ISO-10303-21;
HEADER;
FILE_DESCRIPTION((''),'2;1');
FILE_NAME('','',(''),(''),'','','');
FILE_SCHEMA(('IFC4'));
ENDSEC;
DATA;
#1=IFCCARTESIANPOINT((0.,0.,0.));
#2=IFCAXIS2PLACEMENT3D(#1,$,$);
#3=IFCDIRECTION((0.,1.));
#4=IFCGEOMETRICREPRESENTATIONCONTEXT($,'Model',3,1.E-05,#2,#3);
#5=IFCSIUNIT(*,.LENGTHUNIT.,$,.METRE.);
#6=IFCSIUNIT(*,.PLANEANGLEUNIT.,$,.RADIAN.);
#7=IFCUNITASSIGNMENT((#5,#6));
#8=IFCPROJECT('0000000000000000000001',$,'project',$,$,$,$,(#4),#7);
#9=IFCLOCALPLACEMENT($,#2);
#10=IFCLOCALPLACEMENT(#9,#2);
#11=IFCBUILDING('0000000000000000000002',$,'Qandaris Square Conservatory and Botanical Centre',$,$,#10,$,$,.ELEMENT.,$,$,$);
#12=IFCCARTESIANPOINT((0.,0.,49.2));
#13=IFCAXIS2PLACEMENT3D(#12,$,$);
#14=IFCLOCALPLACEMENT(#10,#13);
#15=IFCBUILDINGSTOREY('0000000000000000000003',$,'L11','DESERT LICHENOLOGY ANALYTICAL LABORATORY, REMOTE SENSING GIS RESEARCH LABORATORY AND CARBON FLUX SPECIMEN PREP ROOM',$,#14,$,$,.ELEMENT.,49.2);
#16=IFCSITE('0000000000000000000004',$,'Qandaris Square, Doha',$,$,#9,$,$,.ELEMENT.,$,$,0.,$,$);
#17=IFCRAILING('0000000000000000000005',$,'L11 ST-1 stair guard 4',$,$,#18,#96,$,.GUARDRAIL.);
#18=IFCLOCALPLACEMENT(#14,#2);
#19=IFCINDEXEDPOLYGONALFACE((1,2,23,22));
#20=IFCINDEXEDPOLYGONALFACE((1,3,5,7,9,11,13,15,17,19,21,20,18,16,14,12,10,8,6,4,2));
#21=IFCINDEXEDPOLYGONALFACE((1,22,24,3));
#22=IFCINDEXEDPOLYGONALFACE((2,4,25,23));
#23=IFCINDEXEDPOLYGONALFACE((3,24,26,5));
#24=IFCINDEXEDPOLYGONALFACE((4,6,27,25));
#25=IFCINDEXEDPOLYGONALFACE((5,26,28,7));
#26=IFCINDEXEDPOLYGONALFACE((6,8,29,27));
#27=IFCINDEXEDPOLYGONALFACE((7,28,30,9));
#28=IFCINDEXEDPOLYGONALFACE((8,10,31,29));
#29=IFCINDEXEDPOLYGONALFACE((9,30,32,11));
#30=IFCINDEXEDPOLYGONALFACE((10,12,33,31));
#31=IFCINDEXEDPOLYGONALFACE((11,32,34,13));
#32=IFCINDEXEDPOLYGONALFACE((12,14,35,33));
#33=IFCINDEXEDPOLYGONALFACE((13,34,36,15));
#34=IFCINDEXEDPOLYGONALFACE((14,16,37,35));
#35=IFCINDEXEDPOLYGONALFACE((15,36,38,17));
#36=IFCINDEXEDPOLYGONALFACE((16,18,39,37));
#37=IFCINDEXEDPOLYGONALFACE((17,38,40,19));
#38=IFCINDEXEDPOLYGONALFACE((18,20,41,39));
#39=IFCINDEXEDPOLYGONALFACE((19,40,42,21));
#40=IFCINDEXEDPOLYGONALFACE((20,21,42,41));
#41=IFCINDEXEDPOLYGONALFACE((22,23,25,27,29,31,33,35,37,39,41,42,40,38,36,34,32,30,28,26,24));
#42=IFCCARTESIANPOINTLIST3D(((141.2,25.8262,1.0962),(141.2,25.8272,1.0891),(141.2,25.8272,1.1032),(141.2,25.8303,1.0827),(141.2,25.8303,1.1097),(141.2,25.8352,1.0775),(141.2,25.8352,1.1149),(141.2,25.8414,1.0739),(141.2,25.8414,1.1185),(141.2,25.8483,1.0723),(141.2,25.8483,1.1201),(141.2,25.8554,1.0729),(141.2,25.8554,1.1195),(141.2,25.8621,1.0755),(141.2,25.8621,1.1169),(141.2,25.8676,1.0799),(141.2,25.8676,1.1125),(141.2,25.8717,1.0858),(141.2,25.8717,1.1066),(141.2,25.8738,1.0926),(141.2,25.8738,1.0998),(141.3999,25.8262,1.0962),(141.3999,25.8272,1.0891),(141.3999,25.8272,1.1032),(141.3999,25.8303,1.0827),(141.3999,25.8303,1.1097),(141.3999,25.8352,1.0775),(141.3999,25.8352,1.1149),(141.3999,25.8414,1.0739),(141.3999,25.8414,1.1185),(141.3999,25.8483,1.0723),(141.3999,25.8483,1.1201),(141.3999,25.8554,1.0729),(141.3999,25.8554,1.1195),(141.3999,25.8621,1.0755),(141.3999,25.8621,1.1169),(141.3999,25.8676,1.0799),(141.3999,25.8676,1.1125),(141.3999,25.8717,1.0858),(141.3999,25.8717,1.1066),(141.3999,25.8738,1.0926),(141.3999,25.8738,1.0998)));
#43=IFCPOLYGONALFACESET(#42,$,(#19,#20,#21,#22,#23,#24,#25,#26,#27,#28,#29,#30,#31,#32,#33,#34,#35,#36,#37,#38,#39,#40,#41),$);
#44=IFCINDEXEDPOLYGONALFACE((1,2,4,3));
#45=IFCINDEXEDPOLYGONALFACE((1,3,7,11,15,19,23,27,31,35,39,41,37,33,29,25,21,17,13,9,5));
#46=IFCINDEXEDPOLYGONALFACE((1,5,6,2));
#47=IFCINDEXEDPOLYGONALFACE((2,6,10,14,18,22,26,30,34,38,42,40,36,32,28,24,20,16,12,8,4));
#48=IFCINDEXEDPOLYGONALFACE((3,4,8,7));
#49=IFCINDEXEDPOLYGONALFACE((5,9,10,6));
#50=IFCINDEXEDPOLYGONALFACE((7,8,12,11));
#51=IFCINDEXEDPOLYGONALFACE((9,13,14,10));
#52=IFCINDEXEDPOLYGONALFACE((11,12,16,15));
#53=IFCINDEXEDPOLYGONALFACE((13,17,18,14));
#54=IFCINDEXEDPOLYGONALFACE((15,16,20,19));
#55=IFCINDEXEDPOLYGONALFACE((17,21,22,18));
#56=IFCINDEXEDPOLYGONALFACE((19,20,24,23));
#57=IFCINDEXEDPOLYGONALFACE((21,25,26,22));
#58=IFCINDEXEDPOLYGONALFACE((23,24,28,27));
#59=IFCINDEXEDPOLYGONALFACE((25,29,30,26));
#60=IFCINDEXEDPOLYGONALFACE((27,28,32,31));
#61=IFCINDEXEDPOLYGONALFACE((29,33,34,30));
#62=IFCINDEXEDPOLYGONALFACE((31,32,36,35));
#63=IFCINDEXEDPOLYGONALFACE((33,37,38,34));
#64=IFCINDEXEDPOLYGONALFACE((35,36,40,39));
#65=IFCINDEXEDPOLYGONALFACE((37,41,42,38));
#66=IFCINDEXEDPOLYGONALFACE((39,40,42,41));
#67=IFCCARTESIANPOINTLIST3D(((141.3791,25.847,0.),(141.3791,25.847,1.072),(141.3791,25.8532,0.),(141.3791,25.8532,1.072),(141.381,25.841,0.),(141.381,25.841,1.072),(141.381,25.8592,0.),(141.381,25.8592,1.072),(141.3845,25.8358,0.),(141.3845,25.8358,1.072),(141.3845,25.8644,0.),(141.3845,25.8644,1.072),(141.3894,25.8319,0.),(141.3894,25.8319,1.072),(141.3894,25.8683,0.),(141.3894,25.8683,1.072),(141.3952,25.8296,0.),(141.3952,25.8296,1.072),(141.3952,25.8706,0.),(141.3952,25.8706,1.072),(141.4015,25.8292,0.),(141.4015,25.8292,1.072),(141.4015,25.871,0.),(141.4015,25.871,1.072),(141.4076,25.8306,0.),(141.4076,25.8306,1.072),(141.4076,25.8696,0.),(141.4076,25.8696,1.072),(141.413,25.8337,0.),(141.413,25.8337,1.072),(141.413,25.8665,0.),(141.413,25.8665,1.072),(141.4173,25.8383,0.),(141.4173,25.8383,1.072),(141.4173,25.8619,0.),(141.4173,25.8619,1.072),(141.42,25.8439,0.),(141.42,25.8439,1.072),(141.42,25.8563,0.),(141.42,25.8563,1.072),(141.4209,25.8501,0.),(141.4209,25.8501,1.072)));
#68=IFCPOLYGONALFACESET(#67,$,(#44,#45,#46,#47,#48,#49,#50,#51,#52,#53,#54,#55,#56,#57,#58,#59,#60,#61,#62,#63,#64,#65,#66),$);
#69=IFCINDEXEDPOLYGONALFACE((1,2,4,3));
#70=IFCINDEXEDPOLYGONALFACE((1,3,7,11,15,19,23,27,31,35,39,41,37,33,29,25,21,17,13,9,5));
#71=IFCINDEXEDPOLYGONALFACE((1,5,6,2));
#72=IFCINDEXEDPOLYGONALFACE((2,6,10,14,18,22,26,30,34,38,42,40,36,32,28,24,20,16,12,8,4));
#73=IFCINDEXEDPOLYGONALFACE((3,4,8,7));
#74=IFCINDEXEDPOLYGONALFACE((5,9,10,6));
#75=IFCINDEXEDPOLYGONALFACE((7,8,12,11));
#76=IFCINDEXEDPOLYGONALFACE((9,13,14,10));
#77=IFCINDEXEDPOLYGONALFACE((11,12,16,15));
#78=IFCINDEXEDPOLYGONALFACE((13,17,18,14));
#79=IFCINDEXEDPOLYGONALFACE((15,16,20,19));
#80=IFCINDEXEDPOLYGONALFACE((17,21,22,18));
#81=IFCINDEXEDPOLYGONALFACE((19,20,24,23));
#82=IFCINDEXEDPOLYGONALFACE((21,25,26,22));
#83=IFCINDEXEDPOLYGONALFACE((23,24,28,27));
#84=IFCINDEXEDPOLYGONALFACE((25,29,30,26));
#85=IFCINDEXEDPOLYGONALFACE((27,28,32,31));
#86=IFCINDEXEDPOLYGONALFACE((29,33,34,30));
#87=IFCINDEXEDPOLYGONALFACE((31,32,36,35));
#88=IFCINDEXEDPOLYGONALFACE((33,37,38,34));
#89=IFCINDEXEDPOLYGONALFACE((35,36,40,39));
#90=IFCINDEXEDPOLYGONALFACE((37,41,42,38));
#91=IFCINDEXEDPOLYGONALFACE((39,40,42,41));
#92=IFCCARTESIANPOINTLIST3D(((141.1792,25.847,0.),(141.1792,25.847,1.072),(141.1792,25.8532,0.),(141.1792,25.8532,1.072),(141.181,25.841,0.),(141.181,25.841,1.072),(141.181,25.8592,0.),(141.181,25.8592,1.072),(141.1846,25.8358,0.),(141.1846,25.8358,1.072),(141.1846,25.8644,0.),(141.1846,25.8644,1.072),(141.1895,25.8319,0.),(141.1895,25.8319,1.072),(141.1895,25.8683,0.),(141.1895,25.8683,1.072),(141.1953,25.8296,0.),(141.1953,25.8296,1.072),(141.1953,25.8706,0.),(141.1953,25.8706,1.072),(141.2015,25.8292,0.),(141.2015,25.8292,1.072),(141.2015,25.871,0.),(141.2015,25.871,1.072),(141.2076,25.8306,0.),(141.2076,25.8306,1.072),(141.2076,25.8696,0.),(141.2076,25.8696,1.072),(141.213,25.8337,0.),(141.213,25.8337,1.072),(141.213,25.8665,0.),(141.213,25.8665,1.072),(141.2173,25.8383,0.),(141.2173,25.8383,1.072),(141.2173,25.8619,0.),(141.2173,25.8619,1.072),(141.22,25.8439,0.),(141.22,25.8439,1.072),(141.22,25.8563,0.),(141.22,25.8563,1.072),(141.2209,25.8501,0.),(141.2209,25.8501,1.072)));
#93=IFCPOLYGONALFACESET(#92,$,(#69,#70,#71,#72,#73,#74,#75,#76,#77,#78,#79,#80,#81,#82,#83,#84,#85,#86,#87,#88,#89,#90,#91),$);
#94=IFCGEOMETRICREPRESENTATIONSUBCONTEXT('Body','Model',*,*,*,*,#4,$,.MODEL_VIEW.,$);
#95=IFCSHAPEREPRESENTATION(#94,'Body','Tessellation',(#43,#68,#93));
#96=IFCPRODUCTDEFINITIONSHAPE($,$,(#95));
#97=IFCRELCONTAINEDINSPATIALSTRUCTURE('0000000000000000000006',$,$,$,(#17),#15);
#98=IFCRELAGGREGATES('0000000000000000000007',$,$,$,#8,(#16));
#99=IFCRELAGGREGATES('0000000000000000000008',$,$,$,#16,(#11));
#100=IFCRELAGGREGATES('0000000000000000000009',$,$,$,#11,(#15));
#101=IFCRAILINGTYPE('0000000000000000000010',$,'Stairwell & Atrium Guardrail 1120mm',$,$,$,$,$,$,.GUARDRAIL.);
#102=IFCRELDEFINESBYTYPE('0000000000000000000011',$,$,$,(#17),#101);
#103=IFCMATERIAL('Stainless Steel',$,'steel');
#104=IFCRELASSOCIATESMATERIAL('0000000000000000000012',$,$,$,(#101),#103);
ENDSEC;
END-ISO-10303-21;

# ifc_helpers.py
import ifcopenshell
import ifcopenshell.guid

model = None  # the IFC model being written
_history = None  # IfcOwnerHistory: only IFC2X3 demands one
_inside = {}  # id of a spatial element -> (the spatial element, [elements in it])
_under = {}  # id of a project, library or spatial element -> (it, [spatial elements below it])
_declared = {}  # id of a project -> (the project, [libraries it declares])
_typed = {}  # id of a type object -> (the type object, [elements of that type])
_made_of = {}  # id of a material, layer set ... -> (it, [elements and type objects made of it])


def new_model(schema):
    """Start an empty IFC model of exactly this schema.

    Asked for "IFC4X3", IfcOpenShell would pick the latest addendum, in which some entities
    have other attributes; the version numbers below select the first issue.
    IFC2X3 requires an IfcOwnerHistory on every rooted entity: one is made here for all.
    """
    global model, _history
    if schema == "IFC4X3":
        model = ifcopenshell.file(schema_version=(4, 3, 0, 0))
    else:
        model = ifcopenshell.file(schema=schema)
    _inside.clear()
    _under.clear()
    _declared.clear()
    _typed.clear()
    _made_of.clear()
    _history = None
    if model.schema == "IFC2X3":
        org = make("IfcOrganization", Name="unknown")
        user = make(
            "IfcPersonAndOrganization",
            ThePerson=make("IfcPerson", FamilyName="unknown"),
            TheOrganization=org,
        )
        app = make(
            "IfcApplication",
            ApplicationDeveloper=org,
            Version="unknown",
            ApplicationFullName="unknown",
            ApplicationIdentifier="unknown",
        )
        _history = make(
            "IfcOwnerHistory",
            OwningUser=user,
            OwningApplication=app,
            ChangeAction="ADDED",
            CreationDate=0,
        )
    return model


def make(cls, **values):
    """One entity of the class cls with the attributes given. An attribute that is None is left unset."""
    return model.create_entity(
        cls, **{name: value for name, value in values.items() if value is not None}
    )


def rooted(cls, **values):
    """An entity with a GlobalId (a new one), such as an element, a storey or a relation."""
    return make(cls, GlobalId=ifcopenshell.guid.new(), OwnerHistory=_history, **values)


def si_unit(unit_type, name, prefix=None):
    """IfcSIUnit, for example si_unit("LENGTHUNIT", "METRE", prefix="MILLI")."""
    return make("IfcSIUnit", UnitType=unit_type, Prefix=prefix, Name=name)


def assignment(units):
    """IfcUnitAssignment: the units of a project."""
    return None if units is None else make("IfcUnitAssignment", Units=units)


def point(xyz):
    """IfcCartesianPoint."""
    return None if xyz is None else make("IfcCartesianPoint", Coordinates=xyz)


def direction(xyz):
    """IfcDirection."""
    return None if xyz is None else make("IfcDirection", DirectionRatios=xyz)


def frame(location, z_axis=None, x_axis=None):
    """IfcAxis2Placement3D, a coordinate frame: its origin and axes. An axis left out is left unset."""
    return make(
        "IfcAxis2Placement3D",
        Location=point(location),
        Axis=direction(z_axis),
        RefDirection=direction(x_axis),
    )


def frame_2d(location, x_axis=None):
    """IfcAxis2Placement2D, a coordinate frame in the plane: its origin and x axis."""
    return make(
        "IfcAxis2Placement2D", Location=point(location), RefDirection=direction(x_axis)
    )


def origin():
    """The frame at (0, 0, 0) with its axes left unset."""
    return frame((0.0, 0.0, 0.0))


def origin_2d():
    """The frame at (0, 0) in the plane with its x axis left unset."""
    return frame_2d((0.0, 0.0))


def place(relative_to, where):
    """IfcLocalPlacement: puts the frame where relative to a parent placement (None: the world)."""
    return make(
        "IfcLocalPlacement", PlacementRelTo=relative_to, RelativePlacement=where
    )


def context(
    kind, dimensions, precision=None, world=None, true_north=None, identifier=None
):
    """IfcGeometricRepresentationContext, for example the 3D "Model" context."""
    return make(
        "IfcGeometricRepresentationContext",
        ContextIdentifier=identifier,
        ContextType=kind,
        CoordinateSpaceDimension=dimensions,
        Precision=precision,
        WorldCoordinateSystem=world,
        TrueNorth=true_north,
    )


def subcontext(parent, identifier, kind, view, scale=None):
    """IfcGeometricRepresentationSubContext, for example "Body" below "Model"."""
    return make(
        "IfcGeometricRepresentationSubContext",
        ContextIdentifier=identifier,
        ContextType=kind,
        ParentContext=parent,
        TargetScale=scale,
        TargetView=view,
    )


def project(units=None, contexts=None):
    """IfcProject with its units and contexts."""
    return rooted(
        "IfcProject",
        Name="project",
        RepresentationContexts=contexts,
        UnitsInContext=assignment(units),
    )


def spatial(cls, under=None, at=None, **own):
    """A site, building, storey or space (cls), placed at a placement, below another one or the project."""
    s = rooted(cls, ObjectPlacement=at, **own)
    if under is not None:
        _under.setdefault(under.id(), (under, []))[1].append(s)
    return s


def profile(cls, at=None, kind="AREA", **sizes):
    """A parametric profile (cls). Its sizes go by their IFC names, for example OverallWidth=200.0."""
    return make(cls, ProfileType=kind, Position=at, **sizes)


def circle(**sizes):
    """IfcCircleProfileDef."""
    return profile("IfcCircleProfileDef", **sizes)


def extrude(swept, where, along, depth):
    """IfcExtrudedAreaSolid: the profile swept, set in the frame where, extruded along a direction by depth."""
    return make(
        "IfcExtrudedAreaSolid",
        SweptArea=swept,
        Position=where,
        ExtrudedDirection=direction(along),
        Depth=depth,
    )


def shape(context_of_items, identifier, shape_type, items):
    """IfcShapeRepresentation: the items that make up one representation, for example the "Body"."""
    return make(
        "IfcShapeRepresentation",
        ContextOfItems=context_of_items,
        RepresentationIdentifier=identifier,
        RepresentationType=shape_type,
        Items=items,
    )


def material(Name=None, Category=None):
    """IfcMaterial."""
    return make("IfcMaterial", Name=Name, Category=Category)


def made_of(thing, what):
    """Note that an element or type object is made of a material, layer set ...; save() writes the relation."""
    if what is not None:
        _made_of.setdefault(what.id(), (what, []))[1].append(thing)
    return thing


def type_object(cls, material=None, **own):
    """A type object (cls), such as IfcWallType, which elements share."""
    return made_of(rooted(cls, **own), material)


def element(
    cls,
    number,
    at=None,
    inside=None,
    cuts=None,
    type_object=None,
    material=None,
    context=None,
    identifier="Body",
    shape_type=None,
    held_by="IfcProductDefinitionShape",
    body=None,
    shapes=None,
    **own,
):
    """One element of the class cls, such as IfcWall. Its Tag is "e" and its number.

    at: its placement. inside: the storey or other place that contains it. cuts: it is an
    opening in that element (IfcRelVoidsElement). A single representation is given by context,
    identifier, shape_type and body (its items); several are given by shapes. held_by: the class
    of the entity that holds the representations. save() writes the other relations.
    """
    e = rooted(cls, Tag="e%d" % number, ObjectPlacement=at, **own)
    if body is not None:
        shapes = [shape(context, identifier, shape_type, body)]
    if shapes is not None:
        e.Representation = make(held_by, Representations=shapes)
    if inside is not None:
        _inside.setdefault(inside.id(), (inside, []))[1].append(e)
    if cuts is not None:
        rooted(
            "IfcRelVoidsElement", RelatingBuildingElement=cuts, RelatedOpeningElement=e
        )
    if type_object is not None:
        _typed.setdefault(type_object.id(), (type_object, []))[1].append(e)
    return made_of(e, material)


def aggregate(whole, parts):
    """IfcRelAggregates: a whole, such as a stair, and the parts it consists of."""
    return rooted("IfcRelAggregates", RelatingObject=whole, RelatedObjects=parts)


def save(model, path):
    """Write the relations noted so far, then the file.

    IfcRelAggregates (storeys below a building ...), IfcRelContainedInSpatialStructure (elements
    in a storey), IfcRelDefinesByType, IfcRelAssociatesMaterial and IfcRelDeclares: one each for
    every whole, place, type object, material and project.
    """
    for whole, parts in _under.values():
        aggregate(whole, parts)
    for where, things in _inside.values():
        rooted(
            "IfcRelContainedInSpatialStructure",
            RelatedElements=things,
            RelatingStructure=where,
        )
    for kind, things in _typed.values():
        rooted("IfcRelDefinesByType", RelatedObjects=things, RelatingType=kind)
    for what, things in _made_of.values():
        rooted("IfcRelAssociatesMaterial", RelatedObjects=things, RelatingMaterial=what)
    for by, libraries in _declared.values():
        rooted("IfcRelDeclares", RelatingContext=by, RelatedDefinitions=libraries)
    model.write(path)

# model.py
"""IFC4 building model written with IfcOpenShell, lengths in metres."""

from ifc_helpers import new_model, si_unit, direction, frame, origin, origin_2d, place, context, subcontext, project, spatial, circle, extrude, material, type_object, element, save


model = new_model("IFC4")

# Units and contexts
model_context = context("Model", 3, precision=1e-05, world=origin(), true_north=direction((0.0, 1.0)))
body_context = subcontext(model_context, "Body", "Model", "MODEL_VIEW")
ifc_project = project(units=[si_unit("LENGTHUNIT", "METRE"), si_unit("PLANEANGLEUNIT", "RADIAN")], contexts=[model_context])

# Site, building, storey
site_placement = place(None, origin())
site = spatial("IfcSite", under=ifc_project, at=site_placement, Name="Qandaris Square, Doha", CompositionType="ELEMENT", RefElevation=0.0)
building_placement = place(site_placement, origin())
building = spatial("IfcBuilding", under=site, at=building_placement, Name="Qandaris Square Conservatory and Botanical Centre", CompositionType="ELEMENT")
storey_placement = place(building_placement, frame((0.0, 0.0, 49.2)))
storey = spatial("IfcBuildingStorey", under=building, at=storey_placement, Name="L11", Description="DESERT LICHENOLOGY ANALYTICAL LABORATORY, REMOTE SENSING GIS RESEARCH LABORATORY AND CARBON FLUX SPECIMEN PREP ROOM", CompositionType="ELEMENT", Elevation=49.2)

# Railing
ifc_material_1 = material(Name="Stainless Steel", Category="steel")
railing_type_1 = type_object("IfcRailingType", Name="Stairwell & Atrium Guardrail 1120mm", PredefinedType="GUARDRAIL", material=ifc_material_1)
railing_1_placement = place(storey_placement, frame((141.3999, 25.8501, 0.0)))
element("IfcRailing", 1, at=railing_1_placement, inside=storey, type_object=railing_type_1, Name="L11 ST-1 stair guard 4", PredefinedType="GUARDRAIL", context=body_context, shape_type="SweptSolid", body=[
    extrude(circle(Radius=0.0239, at=origin_2d()), frame((0.0, 0.0, 1.0962), z_axis=(-1.0, 0.0, 0.0), x_axis=(0.0, -1.0, 0.0)), (0.0, 0.0, 1.0), 0.2),
    extrude(circle(Radius=0.021, at=origin_2d()), origin(), (0.0, 0.0, 1.0), 1.072),
    extrude(circle(Radius=0.021, at=origin_2d()), frame((-0.2, 0.0, 0.0)), (0.0, 0.0, 1.0), 1.072),
])

save(model, "model.ifc")
